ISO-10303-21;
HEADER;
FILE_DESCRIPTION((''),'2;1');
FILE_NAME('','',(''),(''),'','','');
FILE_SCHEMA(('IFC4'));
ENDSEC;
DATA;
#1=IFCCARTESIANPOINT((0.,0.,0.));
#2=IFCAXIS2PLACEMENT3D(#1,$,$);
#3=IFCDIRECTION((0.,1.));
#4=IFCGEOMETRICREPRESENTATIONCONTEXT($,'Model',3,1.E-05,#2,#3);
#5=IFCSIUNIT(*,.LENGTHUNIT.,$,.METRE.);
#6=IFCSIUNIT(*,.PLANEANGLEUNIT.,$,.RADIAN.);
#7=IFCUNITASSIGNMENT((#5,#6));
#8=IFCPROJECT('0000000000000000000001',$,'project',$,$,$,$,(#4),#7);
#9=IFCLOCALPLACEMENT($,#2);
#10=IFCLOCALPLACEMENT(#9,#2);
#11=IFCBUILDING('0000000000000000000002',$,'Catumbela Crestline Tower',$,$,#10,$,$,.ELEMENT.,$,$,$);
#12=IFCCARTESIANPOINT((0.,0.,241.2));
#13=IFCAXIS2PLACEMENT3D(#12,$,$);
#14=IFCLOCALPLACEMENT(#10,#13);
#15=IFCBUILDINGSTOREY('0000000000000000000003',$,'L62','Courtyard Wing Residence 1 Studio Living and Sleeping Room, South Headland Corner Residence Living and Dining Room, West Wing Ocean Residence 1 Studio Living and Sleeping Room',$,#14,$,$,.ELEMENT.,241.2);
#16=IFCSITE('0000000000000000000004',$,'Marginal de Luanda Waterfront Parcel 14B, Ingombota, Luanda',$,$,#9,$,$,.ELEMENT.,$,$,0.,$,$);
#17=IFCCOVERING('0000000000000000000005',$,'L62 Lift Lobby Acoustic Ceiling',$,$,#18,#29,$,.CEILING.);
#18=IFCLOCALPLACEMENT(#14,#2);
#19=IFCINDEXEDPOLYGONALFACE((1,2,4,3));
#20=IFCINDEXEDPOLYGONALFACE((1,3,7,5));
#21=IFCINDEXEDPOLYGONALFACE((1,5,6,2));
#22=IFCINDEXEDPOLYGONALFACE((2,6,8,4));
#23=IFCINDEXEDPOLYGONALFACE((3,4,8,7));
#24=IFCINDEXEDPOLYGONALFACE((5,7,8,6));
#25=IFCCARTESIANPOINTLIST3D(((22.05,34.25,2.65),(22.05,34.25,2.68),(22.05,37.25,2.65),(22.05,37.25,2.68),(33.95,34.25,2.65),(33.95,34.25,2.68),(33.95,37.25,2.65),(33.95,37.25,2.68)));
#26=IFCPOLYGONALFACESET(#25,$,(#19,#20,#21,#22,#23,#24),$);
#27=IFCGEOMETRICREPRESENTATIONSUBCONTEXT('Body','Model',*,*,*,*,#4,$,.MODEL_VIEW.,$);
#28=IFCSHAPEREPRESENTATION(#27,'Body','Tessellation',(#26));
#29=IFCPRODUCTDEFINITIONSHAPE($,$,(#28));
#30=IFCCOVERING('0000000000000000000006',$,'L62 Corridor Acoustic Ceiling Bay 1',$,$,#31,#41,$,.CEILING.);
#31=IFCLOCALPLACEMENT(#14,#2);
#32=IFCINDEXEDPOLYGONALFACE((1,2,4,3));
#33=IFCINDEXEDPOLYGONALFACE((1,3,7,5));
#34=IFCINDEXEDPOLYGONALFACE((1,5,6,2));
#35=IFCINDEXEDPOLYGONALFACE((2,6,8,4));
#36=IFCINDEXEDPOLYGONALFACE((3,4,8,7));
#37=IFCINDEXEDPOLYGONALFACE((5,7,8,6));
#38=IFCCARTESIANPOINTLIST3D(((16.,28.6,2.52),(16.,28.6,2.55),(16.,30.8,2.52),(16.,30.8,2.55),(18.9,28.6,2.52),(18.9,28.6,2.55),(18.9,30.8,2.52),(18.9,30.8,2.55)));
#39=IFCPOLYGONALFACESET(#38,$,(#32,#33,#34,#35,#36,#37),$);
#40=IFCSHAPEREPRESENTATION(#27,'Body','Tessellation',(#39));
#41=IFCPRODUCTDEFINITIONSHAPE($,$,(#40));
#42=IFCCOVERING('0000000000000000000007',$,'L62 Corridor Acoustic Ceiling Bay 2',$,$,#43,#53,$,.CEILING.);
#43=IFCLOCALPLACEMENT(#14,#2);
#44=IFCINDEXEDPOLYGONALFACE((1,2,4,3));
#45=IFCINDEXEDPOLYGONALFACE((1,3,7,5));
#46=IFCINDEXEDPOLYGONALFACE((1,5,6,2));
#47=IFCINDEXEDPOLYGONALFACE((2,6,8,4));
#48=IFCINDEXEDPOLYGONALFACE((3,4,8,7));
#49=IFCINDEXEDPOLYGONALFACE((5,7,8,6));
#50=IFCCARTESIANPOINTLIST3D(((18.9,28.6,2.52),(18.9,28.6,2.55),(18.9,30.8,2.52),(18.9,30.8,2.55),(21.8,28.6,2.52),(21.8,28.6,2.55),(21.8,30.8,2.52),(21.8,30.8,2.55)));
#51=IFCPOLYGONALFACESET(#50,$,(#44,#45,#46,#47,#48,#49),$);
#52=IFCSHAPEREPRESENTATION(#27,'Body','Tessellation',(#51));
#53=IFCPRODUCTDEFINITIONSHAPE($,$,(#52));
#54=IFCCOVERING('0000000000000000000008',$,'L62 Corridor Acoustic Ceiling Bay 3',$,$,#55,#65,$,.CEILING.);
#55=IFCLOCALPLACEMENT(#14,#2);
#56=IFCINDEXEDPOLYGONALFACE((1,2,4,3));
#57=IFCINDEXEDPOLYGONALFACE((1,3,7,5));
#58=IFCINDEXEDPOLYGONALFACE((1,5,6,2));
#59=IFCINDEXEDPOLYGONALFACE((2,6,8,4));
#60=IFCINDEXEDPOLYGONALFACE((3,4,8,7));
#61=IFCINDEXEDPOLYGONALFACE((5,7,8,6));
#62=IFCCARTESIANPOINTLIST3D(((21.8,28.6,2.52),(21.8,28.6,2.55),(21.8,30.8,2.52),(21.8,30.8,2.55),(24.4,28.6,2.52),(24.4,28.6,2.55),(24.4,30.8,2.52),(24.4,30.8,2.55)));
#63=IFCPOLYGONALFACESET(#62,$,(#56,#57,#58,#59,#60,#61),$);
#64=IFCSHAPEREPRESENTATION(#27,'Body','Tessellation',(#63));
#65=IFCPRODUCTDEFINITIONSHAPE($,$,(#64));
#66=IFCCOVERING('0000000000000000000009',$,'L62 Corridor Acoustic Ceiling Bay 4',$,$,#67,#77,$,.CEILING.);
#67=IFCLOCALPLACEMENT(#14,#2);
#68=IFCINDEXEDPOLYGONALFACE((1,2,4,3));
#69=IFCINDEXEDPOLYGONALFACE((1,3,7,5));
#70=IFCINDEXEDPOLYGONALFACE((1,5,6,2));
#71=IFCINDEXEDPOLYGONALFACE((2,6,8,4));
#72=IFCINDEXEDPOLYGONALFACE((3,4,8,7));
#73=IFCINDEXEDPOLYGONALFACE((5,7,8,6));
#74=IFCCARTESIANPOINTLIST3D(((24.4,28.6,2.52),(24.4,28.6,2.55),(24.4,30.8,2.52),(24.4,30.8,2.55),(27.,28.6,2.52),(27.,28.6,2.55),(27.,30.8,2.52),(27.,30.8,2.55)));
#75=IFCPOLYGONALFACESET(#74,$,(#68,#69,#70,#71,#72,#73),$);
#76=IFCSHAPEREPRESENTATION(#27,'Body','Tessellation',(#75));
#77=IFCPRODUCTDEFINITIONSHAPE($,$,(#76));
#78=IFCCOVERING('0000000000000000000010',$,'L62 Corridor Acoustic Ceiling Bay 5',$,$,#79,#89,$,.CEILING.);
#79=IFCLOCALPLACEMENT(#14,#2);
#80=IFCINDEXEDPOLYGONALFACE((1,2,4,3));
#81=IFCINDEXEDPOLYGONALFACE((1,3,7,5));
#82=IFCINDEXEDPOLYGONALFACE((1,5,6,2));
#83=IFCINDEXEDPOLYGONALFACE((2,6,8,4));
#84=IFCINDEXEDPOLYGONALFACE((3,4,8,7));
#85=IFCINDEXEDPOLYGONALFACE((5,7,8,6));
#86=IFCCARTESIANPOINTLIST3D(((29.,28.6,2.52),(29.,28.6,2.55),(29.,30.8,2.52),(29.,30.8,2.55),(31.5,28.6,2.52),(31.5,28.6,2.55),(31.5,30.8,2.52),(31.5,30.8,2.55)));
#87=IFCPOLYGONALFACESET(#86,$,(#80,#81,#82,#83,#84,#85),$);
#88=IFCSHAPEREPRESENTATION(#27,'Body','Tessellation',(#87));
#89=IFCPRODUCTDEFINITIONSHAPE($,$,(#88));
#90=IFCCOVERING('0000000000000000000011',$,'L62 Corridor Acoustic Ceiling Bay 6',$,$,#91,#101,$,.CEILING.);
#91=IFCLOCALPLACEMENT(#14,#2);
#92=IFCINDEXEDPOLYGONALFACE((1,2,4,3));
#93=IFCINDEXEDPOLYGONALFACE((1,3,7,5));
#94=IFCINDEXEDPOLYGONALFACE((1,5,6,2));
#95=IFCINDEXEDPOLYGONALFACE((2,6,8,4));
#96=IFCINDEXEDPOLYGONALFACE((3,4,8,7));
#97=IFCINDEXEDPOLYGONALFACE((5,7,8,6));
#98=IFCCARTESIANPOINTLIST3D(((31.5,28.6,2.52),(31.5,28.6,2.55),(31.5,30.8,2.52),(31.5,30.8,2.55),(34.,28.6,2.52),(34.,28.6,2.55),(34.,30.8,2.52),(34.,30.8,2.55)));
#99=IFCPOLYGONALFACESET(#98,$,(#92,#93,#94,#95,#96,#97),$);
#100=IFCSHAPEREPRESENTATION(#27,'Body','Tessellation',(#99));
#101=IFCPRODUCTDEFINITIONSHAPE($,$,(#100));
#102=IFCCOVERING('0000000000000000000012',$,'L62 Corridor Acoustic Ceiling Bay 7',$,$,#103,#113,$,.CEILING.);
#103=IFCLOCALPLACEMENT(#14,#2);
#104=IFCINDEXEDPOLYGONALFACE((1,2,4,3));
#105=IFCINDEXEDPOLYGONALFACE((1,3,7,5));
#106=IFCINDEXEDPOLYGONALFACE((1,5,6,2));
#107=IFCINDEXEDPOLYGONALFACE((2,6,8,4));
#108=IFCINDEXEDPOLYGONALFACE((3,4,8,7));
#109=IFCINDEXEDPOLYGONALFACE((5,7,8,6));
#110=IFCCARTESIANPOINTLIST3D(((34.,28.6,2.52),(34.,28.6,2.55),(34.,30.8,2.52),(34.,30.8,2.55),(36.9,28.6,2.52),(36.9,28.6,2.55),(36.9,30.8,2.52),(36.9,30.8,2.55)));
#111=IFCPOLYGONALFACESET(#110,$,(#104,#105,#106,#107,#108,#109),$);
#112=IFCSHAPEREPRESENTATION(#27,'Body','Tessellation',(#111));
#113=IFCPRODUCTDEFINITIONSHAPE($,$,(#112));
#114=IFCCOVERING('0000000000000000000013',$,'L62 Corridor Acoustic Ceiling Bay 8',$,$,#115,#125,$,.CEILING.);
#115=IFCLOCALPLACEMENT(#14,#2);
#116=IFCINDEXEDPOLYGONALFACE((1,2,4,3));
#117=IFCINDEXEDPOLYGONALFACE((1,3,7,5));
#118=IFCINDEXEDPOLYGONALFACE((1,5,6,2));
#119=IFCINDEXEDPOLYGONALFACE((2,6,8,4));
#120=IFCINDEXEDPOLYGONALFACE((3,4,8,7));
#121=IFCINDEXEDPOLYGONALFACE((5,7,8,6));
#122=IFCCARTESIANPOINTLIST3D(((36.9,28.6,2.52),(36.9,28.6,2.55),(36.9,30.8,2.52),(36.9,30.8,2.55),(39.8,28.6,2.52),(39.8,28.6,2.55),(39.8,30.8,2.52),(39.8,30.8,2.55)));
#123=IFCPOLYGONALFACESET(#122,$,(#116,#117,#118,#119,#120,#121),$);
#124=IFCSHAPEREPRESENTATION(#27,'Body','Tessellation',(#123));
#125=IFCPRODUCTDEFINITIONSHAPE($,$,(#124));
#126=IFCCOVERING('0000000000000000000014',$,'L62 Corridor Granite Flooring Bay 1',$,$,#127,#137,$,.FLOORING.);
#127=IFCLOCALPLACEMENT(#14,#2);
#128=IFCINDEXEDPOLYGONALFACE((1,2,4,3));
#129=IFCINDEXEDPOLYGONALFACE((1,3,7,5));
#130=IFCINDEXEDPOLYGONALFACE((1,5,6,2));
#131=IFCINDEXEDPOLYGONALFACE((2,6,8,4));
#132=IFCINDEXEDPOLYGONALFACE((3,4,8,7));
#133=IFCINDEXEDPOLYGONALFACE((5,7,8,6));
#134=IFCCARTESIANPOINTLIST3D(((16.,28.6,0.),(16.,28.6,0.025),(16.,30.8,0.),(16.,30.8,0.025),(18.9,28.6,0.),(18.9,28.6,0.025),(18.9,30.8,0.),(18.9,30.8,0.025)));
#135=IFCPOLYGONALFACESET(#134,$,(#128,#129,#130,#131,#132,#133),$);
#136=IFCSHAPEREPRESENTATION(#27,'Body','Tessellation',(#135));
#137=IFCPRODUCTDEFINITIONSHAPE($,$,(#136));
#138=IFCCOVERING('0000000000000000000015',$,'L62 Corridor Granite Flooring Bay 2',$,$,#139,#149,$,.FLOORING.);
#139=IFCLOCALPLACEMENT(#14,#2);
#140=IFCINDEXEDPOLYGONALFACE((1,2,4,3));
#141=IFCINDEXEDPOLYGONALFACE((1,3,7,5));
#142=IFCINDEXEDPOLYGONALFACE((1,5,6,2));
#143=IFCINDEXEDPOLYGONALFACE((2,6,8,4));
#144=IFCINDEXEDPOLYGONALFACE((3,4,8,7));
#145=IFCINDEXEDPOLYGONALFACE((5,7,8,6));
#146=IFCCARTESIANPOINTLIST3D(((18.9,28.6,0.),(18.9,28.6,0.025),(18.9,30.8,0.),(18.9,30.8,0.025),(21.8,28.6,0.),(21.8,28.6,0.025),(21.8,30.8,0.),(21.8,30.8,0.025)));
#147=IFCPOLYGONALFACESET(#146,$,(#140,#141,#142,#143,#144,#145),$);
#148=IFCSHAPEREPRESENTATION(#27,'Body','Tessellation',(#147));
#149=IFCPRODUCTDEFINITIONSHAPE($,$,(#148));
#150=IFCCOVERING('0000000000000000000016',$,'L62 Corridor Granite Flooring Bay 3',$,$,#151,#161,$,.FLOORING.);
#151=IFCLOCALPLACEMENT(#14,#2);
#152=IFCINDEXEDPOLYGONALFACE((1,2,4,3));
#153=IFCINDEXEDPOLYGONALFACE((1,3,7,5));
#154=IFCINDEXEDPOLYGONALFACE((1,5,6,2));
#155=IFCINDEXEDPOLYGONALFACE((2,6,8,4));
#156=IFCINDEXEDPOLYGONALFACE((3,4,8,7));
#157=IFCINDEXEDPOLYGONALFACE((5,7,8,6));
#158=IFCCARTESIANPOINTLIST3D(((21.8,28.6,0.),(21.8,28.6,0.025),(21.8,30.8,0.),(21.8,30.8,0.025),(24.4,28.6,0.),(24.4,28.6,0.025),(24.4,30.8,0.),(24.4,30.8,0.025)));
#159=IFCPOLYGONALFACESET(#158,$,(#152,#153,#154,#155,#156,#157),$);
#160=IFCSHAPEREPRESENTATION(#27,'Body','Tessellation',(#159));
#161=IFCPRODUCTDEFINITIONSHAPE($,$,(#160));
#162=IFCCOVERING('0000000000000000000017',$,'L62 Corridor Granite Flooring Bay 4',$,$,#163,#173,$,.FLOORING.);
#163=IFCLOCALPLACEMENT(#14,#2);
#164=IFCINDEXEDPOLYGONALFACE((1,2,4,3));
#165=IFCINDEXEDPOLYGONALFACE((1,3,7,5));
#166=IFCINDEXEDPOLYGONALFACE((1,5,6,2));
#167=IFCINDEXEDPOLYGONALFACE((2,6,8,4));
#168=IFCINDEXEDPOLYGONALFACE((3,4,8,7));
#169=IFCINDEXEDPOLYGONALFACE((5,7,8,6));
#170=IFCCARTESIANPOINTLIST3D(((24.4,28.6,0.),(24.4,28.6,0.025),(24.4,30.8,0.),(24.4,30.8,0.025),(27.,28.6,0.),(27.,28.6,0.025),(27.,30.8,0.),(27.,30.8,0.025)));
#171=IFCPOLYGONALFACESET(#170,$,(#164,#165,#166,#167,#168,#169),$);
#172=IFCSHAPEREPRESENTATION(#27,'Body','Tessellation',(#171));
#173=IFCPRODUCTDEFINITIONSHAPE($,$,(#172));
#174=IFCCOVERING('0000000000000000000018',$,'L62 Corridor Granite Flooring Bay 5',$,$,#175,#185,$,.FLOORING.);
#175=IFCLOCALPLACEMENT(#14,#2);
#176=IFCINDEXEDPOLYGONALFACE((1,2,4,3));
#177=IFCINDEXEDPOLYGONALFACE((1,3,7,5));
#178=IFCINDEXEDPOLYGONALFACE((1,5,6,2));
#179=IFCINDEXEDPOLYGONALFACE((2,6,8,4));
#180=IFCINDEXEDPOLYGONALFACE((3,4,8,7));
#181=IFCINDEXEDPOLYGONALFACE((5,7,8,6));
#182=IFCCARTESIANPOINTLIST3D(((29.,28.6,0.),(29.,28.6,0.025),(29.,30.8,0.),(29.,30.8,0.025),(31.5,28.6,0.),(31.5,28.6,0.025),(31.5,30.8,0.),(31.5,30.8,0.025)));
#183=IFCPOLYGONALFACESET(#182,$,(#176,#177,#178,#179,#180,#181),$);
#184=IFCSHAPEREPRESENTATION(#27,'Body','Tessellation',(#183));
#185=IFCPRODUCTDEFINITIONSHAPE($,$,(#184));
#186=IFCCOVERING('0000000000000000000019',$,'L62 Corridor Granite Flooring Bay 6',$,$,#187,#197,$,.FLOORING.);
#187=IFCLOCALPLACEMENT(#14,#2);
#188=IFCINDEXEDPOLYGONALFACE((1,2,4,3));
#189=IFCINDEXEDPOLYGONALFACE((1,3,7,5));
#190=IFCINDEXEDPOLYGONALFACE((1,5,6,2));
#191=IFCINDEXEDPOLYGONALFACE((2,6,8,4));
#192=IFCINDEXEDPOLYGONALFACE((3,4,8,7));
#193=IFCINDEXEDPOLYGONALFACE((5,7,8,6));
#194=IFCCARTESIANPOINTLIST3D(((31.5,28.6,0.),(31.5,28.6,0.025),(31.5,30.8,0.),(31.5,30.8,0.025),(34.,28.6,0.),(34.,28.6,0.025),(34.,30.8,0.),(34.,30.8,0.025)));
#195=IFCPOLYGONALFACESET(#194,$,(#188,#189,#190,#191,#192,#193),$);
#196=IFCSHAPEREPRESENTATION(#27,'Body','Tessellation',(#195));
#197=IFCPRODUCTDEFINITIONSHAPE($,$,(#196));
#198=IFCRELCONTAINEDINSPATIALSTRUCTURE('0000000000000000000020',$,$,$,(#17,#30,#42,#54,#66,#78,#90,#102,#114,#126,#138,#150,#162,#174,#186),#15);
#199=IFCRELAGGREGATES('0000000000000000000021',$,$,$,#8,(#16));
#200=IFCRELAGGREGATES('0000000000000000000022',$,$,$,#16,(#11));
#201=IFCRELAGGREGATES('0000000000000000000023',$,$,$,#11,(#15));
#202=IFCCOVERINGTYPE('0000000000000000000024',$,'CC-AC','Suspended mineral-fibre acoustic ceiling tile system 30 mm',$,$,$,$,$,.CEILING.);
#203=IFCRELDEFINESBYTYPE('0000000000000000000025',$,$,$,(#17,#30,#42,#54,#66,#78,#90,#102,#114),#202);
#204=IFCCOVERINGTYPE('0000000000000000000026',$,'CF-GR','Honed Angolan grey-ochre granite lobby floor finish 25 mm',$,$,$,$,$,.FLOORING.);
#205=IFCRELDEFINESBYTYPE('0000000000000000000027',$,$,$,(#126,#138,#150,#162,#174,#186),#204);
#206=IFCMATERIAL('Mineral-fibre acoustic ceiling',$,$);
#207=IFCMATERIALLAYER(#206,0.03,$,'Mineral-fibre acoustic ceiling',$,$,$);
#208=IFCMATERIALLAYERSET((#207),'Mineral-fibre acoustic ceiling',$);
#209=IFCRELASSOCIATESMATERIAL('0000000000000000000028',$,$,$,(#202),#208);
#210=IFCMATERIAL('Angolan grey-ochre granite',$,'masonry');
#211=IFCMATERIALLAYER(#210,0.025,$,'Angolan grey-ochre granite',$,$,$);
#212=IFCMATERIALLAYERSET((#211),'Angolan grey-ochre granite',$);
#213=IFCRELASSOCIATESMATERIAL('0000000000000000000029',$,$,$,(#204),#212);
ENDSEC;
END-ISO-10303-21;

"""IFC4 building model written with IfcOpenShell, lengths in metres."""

from ifc_helpers import new_model, si_unit, direction, frame, origin, place, context, subcontext, project, spatial, polyline, outline, extrude, material, layer, layer_set, type_object, element, save


model = new_model("IFC4")

# Units and contexts
model_context = context("Model", 3, precision=1e-05, world=origin(), true_north=direction((0.0, 1.0)))
body_context = subcontext(model_context, "Body", "Model", "MODEL_VIEW")
ifc_project = project(units=[si_unit("LENGTHUNIT", "METRE"), si_unit("PLANEANGLEUNIT", "RADIAN")], contexts=[model_context])

# Site, building, storey
site_placement = place(None, origin())
site = spatial("IfcSite", under=ifc_project, at=site_placement, Name="Marginal de Luanda Waterfront Parcel 14B, Ingombota, Luanda", CompositionType="ELEMENT", RefElevation=0.0)
building_placement = place(site_placement, origin())
building = spatial("IfcBuilding", under=site, at=building_placement, Name="Catumbela Crestline Tower", CompositionType="ELEMENT")
storey_placement = place(building_placement, frame((0.0, 0.0, 241.2)))
storey = spatial("IfcBuildingStorey", under=building, at=storey_placement, Name="L62", Description="Courtyard Wing Residence 1 Studio Living and Sleeping Room, South Headland Corner Residence Living and Dining Room, West Wing Ocean Residence 1 Studio Living and Sleeping Room", CompositionType="ELEMENT", Elevation=241.2)

# Shared definitions
ifc_material_1 = material(Name="Angolan grey-ochre granite", Category="masonry")

# Coverings
ifc_material_2 = material(Name="Mineral-fibre acoustic ceiling")
ifc_layer_1 = layer(ifc_material_2, 0.03, Name="Mineral-fibre acoustic ceiling")
ifc_layer_set_1 = layer_set([ifc_layer_1], Name="Mineral-fibre acoustic ceiling")
covering_type_1 = type_object("IfcCoveringType", Name="CC-AC", Description="Suspended mineral-fibre acoustic ceiling tile system 30 mm", PredefinedType="CEILING", material=ifc_layer_set_1)
covering_1_placement = place(storey_placement, frame((0.0, 0.0, 2.65)))
element("IfcCovering", 1, at=covering_1_placement, inside=storey, type_object=covering_type_1, Name="L62 Lift Lobby Acoustic Ceiling", PredefinedType="CEILING", context=body_context, shape_type="SweptSolid", body=[
    extrude(outline(polyline([(22.05, 34.25), (33.95, 34.25), (33.95, 37.25), (22.05, 37.25), (22.05, 34.25)])), origin(), (0.0, 0.0, 1.0), 0.03),
])
covering_2_placement = place(storey_placement, frame((0.0, 0.0, 2.52)))
element("IfcCovering", 2, at=covering_2_placement, inside=storey, type_object=covering_type_1, Name="L62 Corridor Acoustic Ceiling Bay 1", PredefinedType="CEILING", context=body_context, shape_type="SweptSolid", body=[
    extrude(outline(polyline([(16.0, 28.6), (18.9, 28.6), (18.9, 30.8), (16.0, 30.8), (16.0, 28.6)])), origin(), (0.0, 0.0, 1.0), 0.03),
])
covering_3_placement = place(storey_placement, frame((0.0, 0.0, 2.52)))
element("IfcCovering", 3, at=covering_3_placement, inside=storey, type_object=covering_type_1, Name="L62 Corridor Acoustic Ceiling Bay 2", PredefinedType="CEILING", context=body_context, shape_type="SweptSolid", body=[
    extrude(outline(polyline([(18.9, 28.6), (21.8, 28.6), (21.8, 30.8), (18.9, 30.8), (18.9, 28.6)])), origin(), (0.0, 0.0, 1.0), 0.03),
])
covering_4_placement = place(storey_placement, frame((0.0, 0.0, 2.52)))
element("IfcCovering", 4, at=covering_4_placement, inside=storey, type_object=covering_type_1, Name="L62 Corridor Acoustic Ceiling Bay 3", PredefinedType="CEILING", context=body_context, shape_type="SweptSolid", body=[
    extrude(outline(polyline([(21.8, 28.6), (24.4, 28.6), (24.4, 30.8), (21.8, 30.8), (21.8, 28.6)])), origin(), (0.0, 0.0, 1.0), 0.03),
])
covering_5_placement = place(storey_placement, frame((0.0, 0.0, 2.52)))
element("IfcCovering", 5, at=covering_5_placement, inside=storey, type_object=covering_type_1, Name="L62 Corridor Acoustic Ceiling Bay 4", PredefinedType="CEILING", context=body_context, shape_type="SweptSolid", body=[
    extrude(outline(polyline([(24.4, 28.6), (27.0, 28.6), (27.0, 30.8), (24.4, 30.8), (24.4, 28.6)])), origin(), (0.0, 0.0, 1.0), 0.03),
])
covering_6_placement = place(storey_placement, frame((0.0, 0.0, 2.52)))
element("IfcCovering", 6, at=covering_6_placement, inside=storey, type_object=covering_type_1, Name="L62 Corridor Acoustic Ceiling Bay 5", PredefinedType="CEILING", context=body_context, shape_type="SweptSolid", body=[
    extrude(outline(polyline([(29.0, 28.6), (31.5, 28.6), (31.5, 30.8), (29.0, 30.8), (29.0, 28.6)])), origin(), (0.0, 0.0, 1.0), 0.03),
])
covering_7_placement = place(storey_placement, frame((0.0, 0.0, 2.52)))
element("IfcCovering", 7, at=covering_7_placement, inside=storey, type_object=covering_type_1, Name="L62 Corridor Acoustic Ceiling Bay 6", PredefinedType="CEILING", context=body_context, shape_type="SweptSolid", body=[
    extrude(outline(polyline([(31.5, 28.6), (34.0, 28.6), (34.0, 30.8), (31.5, 30.8), (31.5, 28.6)])), origin(), (0.0, 0.0, 1.0), 0.03),
])
covering_8_placement = place(storey_placement, frame((0.0, 0.0, 2.52)))
element("IfcCovering", 8, at=covering_8_placement, inside=storey, type_object=covering_type_1, Name="L62 Corridor Acoustic Ceiling Bay 7", PredefinedType="CEILING", context=body_context, shape_type="SweptSolid", body=[
    extrude(outline(polyline([(34.0, 28.6), (36.9, 28.6), (36.9, 30.8), (34.0, 30.8), (34.0, 28.6)])), origin(), (0.0, 0.0, 1.0), 0.03),
])
covering_9_placement = place(storey_placement, frame((0.0, 0.0, 2.52)))
element("IfcCovering", 9, at=covering_9_placement, inside=storey, type_object=covering_type_1, Name="L62 Corridor Acoustic Ceiling Bay 8", PredefinedType="CEILING", context=body_context, shape_type="SweptSolid", body=[
    extrude(outline(polyline([(36.9, 28.6), (39.8, 28.6), (39.8, 30.8), (36.9, 30.8), (36.9, 28.6)])), origin(), (0.0, 0.0, 1.0), 0.03),
])
ifc_layer_2 = layer(ifc_material_1, 0.025, Name="Angolan grey-ochre granite")
ifc_layer_set_2 = layer_set([ifc_layer_2], Name="Angolan grey-ochre granite")
covering_type_2 = type_object("IfcCoveringType", Name="CF-GR", Description="Honed Angolan grey-ochre granite lobby floor finish 25 mm", PredefinedType="FLOORING", material=ifc_layer_set_2)
covering_10_placement = place(storey_placement, origin())
element("IfcCovering", 10, at=covering_10_placement, inside=storey, type_object=covering_type_2, Name="L62 Corridor Granite Flooring Bay 1", PredefinedType="FLOORING", context=body_context, shape_type="SweptSolid", body=[
    extrude(outline(polyline([(16.0, 28.6), (18.9, 28.6), (18.9, 30.8), (16.0, 30.8), (16.0, 28.6)])), origin(), (0.0, 0.0, 1.0), 0.025),
])
covering_11_placement = place(storey_placement, origin())
element("IfcCovering", 11, at=covering_11_placement, inside=storey, type_object=covering_type_2, Name="L62 Corridor Granite Flooring Bay 2", PredefinedType="FLOORING", context=body_context, shape_type="SweptSolid", body=[
    extrude(outline(polyline([(18.9, 28.6), (21.8, 28.6), (21.8, 30.8), (18.9, 30.8), (18.9, 28.6)])), origin(), (0.0, 0.0, 1.0), 0.025),
])
covering_12_placement = place(storey_placement, origin())
element("IfcCovering", 12, at=covering_12_placement, inside=storey, type_object=covering_type_2, Name="L62 Corridor Granite Flooring Bay 3", PredefinedType="FLOORING", context=body_context, shape_type="SweptSolid", body=[
    extrude(outline(polyline([(21.8, 28.6), (24.4, 28.6), (24.4, 30.8), (21.8, 30.8), (21.8, 28.6)])), origin(), (0.0, 0.0, 1.0), 0.025),
])
covering_13_placement = place(storey_placement, origin())
element("IfcCovering", 13, at=covering_13_placement, inside=storey, type_object=covering_type_2, Name="L62 Corridor Granite Flooring Bay 4", PredefinedType="FLOORING", context=body_context, shape_type="SweptSolid", body=[
    extrude(outline(polyline([(24.4, 28.6), (27.0, 28.6), (27.0, 30.8), (24.4, 30.8), (24.4, 28.6)])), origin(), (0.0, 0.0, 1.0), 0.025),
])
covering_14_placement = place(storey_placement, origin())
element("IfcCovering", 14, at=covering_14_placement, inside=storey, type_object=covering_type_2, Name="L62 Corridor Granite Flooring Bay 5", PredefinedType="FLOORING", context=body_context, shape_type="SweptSolid", body=[
    extrude(outline(polyline([(29.0, 28.6), (31.5, 28.6), (31.5, 30.8), (29.0, 30.8), (29.0, 28.6)])), origin(), (0.0, 0.0, 1.0), 0.025),
])
covering_15_placement = place(storey_placement, origin())
element("IfcCovering", 15, at=covering_15_placement, inside=storey, type_object=covering_type_2, Name="L62 Corridor Granite Flooring Bay 6", PredefinedType="FLOORING", context=body_context, shape_type="SweptSolid", body=[
    extrude(outline(polyline([(31.5, 28.6), (34.0, 28.6), (34.0, 30.8), (31.5, 30.8), (31.5, 28.6)])), origin(), (0.0, 0.0, 1.0), 0.025),
])

save(model, "model.ifc")
